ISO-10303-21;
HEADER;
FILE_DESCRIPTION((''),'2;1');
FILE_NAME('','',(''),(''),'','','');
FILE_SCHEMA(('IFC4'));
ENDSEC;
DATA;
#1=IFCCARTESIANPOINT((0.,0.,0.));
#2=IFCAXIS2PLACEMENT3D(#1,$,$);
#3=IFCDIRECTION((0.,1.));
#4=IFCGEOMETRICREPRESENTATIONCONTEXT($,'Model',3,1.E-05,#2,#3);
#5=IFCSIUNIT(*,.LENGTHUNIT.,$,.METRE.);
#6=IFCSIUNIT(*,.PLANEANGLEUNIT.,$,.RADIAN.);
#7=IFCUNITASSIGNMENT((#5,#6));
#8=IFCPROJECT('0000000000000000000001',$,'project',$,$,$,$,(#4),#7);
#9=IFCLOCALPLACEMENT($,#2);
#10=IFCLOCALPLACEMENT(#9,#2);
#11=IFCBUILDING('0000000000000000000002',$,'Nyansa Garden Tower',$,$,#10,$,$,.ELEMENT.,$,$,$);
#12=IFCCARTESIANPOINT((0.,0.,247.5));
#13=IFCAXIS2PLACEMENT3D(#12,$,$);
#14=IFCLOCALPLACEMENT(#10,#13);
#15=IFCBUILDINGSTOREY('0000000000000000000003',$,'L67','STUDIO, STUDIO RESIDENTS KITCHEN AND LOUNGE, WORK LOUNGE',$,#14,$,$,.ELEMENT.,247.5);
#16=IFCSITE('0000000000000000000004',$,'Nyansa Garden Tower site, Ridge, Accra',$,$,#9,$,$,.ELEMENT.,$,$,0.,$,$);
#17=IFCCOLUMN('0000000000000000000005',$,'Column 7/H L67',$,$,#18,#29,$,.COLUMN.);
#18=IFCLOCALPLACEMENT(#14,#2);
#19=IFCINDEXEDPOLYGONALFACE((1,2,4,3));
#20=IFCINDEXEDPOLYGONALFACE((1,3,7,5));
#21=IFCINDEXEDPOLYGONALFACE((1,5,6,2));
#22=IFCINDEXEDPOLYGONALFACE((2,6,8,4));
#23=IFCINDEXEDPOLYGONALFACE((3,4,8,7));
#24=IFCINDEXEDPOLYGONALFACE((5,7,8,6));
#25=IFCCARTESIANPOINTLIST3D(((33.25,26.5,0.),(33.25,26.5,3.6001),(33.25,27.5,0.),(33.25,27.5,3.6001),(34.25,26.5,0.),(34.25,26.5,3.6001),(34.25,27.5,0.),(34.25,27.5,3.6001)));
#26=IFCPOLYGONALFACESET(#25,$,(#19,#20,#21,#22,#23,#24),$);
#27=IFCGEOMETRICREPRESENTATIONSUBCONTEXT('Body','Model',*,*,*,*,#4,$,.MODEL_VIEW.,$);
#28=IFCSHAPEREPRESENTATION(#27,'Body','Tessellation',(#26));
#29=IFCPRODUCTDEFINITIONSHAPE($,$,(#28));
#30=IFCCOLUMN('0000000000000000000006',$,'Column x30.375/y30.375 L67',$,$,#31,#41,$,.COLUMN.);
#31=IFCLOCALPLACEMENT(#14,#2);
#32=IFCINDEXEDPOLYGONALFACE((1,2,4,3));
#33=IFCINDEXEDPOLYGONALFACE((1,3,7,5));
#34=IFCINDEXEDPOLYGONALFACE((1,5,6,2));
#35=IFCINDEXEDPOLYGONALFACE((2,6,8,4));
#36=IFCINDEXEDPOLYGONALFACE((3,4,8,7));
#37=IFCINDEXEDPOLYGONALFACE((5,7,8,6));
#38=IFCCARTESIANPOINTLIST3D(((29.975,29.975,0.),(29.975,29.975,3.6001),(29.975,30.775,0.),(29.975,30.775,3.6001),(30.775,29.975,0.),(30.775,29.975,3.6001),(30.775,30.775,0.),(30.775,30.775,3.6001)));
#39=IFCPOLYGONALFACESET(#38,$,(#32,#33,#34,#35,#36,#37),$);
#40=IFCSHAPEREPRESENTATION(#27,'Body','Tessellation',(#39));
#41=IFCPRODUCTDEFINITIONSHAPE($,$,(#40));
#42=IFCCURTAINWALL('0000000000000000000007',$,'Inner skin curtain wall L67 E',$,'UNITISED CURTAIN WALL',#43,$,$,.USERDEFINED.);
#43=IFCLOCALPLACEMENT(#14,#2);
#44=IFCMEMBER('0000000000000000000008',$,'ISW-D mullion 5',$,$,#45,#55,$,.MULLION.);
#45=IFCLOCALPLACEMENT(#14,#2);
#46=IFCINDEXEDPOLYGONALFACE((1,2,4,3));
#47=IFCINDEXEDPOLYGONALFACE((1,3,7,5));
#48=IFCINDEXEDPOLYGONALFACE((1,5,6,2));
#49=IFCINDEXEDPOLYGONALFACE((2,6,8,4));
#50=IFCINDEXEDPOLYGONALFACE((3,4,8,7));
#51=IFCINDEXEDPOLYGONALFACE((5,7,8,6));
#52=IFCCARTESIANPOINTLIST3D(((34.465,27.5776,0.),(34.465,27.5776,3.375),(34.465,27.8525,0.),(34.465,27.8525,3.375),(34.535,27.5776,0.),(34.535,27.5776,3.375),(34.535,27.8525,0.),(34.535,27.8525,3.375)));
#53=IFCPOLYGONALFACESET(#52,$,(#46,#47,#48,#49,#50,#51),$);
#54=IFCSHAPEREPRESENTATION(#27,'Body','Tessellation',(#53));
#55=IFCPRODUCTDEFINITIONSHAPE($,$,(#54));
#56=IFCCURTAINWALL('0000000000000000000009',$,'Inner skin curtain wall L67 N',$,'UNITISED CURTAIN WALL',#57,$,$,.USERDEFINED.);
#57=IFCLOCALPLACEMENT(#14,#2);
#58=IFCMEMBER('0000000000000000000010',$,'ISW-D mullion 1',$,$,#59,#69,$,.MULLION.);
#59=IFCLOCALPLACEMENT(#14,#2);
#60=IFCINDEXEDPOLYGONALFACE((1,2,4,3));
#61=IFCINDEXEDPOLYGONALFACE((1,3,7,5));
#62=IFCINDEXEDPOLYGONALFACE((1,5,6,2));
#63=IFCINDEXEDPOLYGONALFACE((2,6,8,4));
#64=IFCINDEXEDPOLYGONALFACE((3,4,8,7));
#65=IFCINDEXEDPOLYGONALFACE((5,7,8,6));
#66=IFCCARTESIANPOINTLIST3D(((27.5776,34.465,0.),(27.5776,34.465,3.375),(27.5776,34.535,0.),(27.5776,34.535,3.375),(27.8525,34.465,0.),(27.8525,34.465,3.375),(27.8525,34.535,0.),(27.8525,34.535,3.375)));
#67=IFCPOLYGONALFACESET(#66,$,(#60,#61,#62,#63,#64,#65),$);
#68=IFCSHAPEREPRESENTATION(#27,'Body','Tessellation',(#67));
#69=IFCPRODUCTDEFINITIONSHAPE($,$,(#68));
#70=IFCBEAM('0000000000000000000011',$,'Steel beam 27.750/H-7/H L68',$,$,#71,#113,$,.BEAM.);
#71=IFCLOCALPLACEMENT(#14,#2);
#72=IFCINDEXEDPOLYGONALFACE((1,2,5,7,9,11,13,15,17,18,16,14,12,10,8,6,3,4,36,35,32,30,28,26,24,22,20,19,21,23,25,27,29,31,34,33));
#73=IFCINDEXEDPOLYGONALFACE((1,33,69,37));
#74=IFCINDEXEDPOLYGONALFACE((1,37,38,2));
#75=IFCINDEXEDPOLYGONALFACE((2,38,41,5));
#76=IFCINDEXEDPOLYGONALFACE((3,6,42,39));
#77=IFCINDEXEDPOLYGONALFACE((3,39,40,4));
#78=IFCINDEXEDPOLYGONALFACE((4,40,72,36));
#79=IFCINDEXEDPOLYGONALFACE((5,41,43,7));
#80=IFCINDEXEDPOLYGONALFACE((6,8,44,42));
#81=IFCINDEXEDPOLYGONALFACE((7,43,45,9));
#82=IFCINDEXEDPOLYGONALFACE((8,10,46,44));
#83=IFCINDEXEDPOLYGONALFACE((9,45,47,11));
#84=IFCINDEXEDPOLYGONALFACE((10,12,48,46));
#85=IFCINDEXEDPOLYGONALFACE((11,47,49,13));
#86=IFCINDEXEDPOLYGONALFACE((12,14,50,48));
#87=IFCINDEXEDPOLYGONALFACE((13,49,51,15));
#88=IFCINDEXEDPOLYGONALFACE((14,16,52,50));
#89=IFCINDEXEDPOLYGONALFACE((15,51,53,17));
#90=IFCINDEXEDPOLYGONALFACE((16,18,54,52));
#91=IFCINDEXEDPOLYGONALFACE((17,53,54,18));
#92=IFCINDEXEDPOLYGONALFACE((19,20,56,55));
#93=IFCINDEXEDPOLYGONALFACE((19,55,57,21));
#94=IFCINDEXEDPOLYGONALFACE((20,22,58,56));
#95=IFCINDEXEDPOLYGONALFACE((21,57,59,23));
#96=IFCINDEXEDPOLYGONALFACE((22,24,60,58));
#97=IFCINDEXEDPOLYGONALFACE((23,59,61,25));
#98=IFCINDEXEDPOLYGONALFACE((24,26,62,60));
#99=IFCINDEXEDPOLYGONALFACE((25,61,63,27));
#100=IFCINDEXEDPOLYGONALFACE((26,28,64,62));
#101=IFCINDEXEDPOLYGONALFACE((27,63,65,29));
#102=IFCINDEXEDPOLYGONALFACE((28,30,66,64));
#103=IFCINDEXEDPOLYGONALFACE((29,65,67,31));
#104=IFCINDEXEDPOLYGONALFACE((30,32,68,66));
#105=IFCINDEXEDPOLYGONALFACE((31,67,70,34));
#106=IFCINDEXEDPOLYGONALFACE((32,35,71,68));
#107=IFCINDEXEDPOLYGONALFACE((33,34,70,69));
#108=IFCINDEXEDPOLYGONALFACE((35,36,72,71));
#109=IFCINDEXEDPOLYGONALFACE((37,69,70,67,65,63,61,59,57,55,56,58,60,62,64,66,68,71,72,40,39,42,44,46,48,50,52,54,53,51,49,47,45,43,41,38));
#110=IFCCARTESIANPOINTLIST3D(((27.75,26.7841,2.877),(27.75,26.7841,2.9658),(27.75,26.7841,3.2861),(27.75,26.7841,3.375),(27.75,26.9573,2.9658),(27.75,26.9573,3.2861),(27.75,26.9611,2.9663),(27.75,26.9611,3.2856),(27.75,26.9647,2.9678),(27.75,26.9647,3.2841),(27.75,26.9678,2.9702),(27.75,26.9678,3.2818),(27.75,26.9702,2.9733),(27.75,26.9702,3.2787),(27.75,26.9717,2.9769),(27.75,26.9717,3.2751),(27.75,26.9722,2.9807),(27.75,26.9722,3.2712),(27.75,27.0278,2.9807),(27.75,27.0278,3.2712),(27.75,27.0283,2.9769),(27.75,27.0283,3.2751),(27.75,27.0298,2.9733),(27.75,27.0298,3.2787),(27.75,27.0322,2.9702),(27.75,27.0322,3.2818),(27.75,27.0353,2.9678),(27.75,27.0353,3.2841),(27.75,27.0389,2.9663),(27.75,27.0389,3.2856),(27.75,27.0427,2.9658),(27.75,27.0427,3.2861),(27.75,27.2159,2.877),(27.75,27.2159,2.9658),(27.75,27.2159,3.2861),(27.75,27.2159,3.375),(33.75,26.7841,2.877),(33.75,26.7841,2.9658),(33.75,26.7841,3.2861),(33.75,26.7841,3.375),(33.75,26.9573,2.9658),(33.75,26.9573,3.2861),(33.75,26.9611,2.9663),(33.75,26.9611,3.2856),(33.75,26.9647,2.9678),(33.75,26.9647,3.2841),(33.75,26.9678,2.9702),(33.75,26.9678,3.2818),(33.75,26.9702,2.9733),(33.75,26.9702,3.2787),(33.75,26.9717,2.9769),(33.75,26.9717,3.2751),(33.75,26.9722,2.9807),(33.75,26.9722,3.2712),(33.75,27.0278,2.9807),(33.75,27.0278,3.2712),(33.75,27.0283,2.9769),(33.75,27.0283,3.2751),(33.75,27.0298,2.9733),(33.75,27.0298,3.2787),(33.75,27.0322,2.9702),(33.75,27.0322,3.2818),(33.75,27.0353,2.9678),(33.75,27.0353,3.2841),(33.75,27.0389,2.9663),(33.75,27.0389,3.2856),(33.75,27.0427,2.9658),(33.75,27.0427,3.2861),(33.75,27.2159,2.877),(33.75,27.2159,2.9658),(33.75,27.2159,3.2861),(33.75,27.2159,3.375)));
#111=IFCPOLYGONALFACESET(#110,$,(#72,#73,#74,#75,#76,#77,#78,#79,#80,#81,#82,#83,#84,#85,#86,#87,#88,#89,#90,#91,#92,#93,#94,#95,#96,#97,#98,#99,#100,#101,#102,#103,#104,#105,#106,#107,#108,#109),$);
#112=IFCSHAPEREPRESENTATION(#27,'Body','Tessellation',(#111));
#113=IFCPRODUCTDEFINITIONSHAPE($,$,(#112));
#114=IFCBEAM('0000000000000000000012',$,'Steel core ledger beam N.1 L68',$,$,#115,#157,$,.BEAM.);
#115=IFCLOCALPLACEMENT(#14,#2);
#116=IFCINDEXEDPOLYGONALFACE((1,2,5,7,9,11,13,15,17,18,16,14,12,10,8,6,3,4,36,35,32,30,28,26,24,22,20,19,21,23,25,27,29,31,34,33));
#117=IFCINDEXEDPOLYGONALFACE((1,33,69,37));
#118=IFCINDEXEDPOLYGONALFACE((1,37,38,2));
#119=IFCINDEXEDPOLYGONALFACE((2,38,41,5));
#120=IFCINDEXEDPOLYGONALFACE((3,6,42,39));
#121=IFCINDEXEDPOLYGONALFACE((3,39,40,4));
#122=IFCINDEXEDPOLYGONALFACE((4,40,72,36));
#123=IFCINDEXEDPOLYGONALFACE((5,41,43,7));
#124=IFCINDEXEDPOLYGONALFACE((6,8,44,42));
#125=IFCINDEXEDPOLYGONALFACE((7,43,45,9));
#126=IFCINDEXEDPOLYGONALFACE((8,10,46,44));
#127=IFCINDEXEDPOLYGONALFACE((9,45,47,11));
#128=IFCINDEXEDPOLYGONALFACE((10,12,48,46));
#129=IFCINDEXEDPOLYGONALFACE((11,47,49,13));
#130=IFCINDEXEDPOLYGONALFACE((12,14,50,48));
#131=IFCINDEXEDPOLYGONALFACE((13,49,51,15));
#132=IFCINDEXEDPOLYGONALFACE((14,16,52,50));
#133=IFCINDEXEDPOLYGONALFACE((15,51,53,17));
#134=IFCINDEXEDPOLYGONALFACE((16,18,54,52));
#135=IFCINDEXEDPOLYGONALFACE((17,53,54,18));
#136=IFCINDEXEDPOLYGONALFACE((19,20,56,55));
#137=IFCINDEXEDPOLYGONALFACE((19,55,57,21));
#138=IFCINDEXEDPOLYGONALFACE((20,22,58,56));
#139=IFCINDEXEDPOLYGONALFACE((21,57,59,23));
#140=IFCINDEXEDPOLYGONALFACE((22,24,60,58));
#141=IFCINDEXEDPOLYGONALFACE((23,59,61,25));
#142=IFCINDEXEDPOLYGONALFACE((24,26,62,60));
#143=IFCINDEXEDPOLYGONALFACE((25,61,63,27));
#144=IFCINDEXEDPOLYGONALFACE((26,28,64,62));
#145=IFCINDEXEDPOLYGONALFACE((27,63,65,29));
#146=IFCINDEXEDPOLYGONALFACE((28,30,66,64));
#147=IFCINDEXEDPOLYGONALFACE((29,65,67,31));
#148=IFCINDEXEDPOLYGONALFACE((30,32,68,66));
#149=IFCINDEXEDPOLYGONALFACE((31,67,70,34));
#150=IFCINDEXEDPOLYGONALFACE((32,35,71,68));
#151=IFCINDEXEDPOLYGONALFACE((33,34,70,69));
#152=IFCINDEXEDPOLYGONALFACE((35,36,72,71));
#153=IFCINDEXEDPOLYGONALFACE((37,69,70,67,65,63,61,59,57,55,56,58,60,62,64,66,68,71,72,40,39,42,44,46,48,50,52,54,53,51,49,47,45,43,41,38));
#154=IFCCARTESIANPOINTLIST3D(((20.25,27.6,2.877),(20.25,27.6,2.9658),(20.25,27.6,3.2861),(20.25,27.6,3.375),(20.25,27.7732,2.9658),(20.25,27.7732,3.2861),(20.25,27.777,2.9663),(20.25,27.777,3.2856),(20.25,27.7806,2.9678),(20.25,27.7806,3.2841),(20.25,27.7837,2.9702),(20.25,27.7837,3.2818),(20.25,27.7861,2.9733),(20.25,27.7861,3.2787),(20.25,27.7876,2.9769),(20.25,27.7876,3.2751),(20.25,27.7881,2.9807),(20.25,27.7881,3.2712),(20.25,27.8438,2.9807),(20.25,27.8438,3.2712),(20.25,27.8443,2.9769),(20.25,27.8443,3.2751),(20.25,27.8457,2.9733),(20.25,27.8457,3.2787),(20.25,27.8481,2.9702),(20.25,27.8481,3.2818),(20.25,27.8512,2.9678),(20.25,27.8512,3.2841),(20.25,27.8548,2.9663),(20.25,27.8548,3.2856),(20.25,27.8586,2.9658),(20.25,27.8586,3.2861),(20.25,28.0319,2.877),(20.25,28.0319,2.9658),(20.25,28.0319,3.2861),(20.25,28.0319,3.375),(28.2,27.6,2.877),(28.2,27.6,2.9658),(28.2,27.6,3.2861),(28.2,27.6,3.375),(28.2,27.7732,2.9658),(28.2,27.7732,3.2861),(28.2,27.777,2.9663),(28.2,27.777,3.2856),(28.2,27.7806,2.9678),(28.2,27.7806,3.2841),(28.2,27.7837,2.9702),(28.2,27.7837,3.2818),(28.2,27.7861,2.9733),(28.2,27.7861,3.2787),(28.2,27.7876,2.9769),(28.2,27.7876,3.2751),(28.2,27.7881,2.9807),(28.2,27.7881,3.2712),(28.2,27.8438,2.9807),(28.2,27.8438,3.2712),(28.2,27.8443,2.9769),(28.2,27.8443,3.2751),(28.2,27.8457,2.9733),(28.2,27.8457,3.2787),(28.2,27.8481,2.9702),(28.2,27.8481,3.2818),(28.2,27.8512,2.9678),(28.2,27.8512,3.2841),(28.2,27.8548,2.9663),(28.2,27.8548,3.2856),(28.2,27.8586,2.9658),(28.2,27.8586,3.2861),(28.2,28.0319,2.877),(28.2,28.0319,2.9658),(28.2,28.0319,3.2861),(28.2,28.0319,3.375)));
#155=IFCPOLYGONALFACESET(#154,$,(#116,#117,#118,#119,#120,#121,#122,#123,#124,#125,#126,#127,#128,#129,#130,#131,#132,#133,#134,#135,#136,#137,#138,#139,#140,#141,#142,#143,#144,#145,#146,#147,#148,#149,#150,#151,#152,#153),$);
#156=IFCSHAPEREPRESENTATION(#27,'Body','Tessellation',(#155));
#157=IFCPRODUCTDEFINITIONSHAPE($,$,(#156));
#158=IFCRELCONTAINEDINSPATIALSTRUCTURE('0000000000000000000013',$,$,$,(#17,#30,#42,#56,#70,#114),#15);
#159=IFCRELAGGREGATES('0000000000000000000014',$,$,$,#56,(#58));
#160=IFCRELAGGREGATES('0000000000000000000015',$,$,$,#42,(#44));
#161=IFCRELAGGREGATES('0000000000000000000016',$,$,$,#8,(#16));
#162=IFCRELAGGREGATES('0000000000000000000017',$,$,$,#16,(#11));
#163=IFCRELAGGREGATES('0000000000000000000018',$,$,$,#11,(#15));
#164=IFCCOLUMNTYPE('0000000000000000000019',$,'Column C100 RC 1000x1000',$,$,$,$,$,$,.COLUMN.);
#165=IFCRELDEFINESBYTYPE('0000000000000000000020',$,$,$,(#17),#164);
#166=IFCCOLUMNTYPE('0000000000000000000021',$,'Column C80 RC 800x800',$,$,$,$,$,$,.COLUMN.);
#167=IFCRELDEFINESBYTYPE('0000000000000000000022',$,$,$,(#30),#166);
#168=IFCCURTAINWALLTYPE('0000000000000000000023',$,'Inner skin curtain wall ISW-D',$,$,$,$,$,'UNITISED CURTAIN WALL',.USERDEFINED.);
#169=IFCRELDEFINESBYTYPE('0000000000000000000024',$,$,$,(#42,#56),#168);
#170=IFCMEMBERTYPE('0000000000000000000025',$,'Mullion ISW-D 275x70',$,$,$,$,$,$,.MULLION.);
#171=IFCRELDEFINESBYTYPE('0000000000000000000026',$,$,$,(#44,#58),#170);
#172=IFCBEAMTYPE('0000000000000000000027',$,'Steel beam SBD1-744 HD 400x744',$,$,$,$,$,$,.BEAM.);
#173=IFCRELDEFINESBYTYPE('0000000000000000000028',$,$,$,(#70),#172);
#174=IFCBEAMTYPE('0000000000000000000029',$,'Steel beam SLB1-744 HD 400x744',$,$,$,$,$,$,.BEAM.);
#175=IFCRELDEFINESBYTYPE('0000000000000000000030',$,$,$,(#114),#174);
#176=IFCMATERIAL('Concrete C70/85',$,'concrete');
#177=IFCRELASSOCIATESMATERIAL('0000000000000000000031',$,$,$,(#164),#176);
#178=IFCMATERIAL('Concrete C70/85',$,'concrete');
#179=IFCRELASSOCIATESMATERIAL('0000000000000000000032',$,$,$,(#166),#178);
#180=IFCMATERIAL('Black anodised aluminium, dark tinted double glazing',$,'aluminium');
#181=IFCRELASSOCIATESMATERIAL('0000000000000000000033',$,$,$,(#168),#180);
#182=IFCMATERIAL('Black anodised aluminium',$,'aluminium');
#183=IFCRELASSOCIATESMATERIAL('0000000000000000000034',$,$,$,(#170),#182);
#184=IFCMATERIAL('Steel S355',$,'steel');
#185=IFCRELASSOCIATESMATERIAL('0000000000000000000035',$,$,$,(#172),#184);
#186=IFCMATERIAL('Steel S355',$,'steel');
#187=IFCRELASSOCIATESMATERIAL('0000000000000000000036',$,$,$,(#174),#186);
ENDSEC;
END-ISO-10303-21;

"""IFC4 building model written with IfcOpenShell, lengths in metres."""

from ifc_helpers import new_model, si_unit, direction, frame, origin, origin_2d, place, context, subcontext, project, spatial, rectangle, i_section, extrude, material, material_profile, profile_set, type_object, element, aggregate, save


model = new_model("IFC4")

# Units and contexts
model_context = context("Model", 3, precision=1e-05, world=origin(), true_north=direction((0.0, 1.0)))
body_context = subcontext(model_context, "Body", "Model", "MODEL_VIEW")
ifc_project = project(units=[si_unit("LENGTHUNIT", "METRE"), si_unit("PLANEANGLEUNIT", "RADIAN")], contexts=[model_context])

# Site, building, storey
site_placement = place(None, origin())
site = spatial("IfcSite", under=ifc_project, at=site_placement, Name="Nyansa Garden Tower site, Ridge, Accra", CompositionType="ELEMENT", RefElevation=0.0)
building_placement = place(site_placement, origin())
building = spatial("IfcBuilding", under=site, at=building_placement, Name="Nyansa Garden Tower", CompositionType="ELEMENT")
storey_placement = place(building_placement, frame((0.0, 0.0, 247.5)))
storey = spatial("IfcBuildingStorey", under=building, at=storey_placement, Name="L67", Description="STUDIO, STUDIO RESIDENTS KITCHEN AND LOUNGE, WORK LOUNGE", CompositionType="ELEMENT", Elevation=247.5)

# Columns
ifc_material_1 = material(Name="Concrete C70/85", Category="concrete")
ifc_material_profile_1 = material_profile(ifc_material_1, rectangle(XDim=1.0, YDim=1.0, at=origin_2d()), Name="RC 1000x1000")
ifc_profile_set_1 = profile_set([ifc_material_profile_1], Name="Concrete C70/85")
column_type_1 = type_object("IfcColumnType", Name="Column C100 RC 1000x1000", PredefinedType="COLUMN", material=ifc_profile_set_1)
column_1_placement = place(storey_placement, frame((33.75, 27.0, 0.0), z_axis=(0.0, 0.0, 1.0), x_axis=(1.0, 0.0, 0.0)))
element("IfcColumn", 1, at=column_1_placement, inside=storey, type_object=column_type_1, Name="Column 7/H L67", PredefinedType="COLUMN", context=body_context, shape_type="SweptSolid", body=[
    extrude(rectangle(XDim=1.0, YDim=1.0, at=origin_2d()), origin(), (0.0, 0.0, 1.0), 3.6001),
])
ifc_material_2 = material(Name="Concrete C70/85", Category="concrete")
ifc_material_profile_2 = material_profile(ifc_material_2, rectangle(XDim=0.8, YDim=0.8, at=origin_2d()), Name="RC 800x800")
ifc_profile_set_2 = profile_set([ifc_material_profile_2], Name="Concrete C70/85")
column_type_2 = type_object("IfcColumnType", Name="Column C80 RC 800x800", PredefinedType="COLUMN", material=ifc_profile_set_2)
column_2_placement = place(storey_placement, frame((30.375, 30.375, 0.0), z_axis=(0.0, 0.0, 1.0), x_axis=(1.0, 0.0, 0.0)))
element("IfcColumn", 2, at=column_2_placement, inside=storey, type_object=column_type_2, Name="Column x30.375/y30.375 L67", PredefinedType="COLUMN", context=body_context, shape_type="SweptSolid", body=[
    extrude(rectangle(XDim=0.8, YDim=0.8, at=origin_2d()), origin(), (0.0, 0.0, 1.0), 3.6001),
])

# Curtain walls, members
ifc_material_3 = material(Name="Black anodised aluminium, dark tinted double glazing", Category="aluminium")
curtain_wall_type = type_object("IfcCurtainWallType", Name="Inner skin curtain wall ISW-D", ElementType="UNITISED CURTAIN WALL", PredefinedType="USERDEFINED", material=ifc_material_3)
curtain_wall_1_placement = place(storey_placement, origin())
curtain_wall_1 = element("IfcCurtainWall", 3, at=curtain_wall_1_placement, inside=storey, type_object=curtain_wall_type, Name="Inner skin curtain wall L67 E", ObjectType="UNITISED CURTAIN WALL", PredefinedType="USERDEFINED")
ifc_material_4 = material(Name="Black anodised aluminium", Category="aluminium")
ifc_material_profile_3 = material_profile(ifc_material_4, rectangle(XDim=0.0701, YDim=0.2749, at=origin_2d()), Name="Mullion 275x70")
ifc_profile_set_3 = profile_set([ifc_material_profile_3], Name="Black anodised aluminium")
member_type_1 = type_object("IfcMemberType", Name="Mullion ISW-D 275x70", PredefinedType="MULLION", material=ifc_profile_set_3)
member_1_placement = place(storey_placement, frame((34.5, 27.7151, 0.0), z_axis=(0.0, 0.0, 1.0), x_axis=(-1.0, 0.0, 0.0)))
member_1 = element("IfcMember", 4, at=member_1_placement, type_object=member_type_1, Name="ISW-D mullion 5", PredefinedType="MULLION", context=body_context, shape_type="SweptSolid", body=[
    extrude(rectangle(XDim=0.0701, YDim=0.2749, at=origin_2d()), origin(), (0.0, 0.0, 1.0), 3.375),
])
curtain_wall_2_placement = place(storey_placement, origin())
curtain_wall_2 = element("IfcCurtainWall", 5, at=curtain_wall_2_placement, inside=storey, type_object=curtain_wall_type, Name="Inner skin curtain wall L67 N", ObjectType="UNITISED CURTAIN WALL", PredefinedType="USERDEFINED")
member_2_placement = place(storey_placement, frame((27.7151, 34.5, 0.0), z_axis=(0.0, 0.0, 1.0), x_axis=(0.0, -1.0, 0.0)))
member_2 = element("IfcMember", 6, at=member_2_placement, type_object=member_type_1, Name="ISW-D mullion 1", PredefinedType="MULLION", context=body_context, shape_type="SweptSolid", body=[
    extrude(rectangle(XDim=0.0701, YDim=0.2749, at=origin_2d()), origin(), (0.0, 0.0, 1.0), 3.375),
])

# Beams
ifc_material_5 = material(Name="Steel S355", Category="steel")
ifc_material_profile_4 = material_profile(ifc_material_5, i_section(OverallWidth=0.4319, OverallDepth=0.498, WebThickness=0.0557, FlangeThickness=0.0889, FilletRadius=0.0149, at=origin_2d()), Name="HD 400x744")
ifc_profile_set_4 = profile_set([ifc_material_profile_4], Name="Steel S355")
beam_type_1 = type_object("IfcBeamType", Name="Steel beam SBD1-744 HD 400x744", PredefinedType="BEAM", material=ifc_profile_set_4)
beam_1_placement = place(storey_placement, frame((27.75, 27.0, 3.126), z_axis=(1.0, 0.0, 0.0), x_axis=(0.0, 1.0, 0.0)))
element("IfcBeam", 7, at=beam_1_placement, inside=storey, type_object=beam_type_1, Name="Steel beam 27.750/H-7/H L68", PredefinedType="BEAM", context=body_context, shape_type="SweptSolid", body=[
    extrude(i_section(OverallWidth=0.4319, OverallDepth=0.498, WebThickness=0.0557, FlangeThickness=0.0889, FilletRadius=0.0149, at=origin_2d()), origin(), (0.0, 0.0, 1.0), 6.0),
])
ifc_material_6 = material(Name="Steel S355", Category="steel")
ifc_material_profile_5 = material_profile(ifc_material_6, i_section(OverallWidth=0.4319, OverallDepth=0.498, WebThickness=0.0557, FlangeThickness=0.0889, FilletRadius=0.0149, at=origin_2d()), Name="HD 400x744")
ifc_profile_set_5 = profile_set([ifc_material_profile_5], Name="Steel S355")
beam_type_2 = type_object("IfcBeamType", Name="Steel beam SLB1-744 HD 400x744", PredefinedType="BEAM", material=ifc_profile_set_5)
beam_2_placement = place(storey_placement, frame((28.2, 27.8159, 3.126), z_axis=(-1.0, 0.0, 0.0), x_axis=(0.0, -1.0, 0.0)))
element("IfcBeam", 8, at=beam_2_placement, inside=storey, type_object=beam_type_2, Name="Steel core ledger beam N.1 L68", PredefinedType="BEAM", context=body_context, shape_type="SweptSolid", body=[
    extrude(i_section(OverallWidth=0.4319, OverallDepth=0.498, WebThickness=0.0557, FlangeThickness=0.0889, FilletRadius=0.0149, at=origin_2d()), origin(), (0.0, 0.0, 1.0), 7.95),
])

aggregate(curtain_wall_2, [member_2])

aggregate(curtain_wall_1, [member_1])

save(model, "model.ifc")
